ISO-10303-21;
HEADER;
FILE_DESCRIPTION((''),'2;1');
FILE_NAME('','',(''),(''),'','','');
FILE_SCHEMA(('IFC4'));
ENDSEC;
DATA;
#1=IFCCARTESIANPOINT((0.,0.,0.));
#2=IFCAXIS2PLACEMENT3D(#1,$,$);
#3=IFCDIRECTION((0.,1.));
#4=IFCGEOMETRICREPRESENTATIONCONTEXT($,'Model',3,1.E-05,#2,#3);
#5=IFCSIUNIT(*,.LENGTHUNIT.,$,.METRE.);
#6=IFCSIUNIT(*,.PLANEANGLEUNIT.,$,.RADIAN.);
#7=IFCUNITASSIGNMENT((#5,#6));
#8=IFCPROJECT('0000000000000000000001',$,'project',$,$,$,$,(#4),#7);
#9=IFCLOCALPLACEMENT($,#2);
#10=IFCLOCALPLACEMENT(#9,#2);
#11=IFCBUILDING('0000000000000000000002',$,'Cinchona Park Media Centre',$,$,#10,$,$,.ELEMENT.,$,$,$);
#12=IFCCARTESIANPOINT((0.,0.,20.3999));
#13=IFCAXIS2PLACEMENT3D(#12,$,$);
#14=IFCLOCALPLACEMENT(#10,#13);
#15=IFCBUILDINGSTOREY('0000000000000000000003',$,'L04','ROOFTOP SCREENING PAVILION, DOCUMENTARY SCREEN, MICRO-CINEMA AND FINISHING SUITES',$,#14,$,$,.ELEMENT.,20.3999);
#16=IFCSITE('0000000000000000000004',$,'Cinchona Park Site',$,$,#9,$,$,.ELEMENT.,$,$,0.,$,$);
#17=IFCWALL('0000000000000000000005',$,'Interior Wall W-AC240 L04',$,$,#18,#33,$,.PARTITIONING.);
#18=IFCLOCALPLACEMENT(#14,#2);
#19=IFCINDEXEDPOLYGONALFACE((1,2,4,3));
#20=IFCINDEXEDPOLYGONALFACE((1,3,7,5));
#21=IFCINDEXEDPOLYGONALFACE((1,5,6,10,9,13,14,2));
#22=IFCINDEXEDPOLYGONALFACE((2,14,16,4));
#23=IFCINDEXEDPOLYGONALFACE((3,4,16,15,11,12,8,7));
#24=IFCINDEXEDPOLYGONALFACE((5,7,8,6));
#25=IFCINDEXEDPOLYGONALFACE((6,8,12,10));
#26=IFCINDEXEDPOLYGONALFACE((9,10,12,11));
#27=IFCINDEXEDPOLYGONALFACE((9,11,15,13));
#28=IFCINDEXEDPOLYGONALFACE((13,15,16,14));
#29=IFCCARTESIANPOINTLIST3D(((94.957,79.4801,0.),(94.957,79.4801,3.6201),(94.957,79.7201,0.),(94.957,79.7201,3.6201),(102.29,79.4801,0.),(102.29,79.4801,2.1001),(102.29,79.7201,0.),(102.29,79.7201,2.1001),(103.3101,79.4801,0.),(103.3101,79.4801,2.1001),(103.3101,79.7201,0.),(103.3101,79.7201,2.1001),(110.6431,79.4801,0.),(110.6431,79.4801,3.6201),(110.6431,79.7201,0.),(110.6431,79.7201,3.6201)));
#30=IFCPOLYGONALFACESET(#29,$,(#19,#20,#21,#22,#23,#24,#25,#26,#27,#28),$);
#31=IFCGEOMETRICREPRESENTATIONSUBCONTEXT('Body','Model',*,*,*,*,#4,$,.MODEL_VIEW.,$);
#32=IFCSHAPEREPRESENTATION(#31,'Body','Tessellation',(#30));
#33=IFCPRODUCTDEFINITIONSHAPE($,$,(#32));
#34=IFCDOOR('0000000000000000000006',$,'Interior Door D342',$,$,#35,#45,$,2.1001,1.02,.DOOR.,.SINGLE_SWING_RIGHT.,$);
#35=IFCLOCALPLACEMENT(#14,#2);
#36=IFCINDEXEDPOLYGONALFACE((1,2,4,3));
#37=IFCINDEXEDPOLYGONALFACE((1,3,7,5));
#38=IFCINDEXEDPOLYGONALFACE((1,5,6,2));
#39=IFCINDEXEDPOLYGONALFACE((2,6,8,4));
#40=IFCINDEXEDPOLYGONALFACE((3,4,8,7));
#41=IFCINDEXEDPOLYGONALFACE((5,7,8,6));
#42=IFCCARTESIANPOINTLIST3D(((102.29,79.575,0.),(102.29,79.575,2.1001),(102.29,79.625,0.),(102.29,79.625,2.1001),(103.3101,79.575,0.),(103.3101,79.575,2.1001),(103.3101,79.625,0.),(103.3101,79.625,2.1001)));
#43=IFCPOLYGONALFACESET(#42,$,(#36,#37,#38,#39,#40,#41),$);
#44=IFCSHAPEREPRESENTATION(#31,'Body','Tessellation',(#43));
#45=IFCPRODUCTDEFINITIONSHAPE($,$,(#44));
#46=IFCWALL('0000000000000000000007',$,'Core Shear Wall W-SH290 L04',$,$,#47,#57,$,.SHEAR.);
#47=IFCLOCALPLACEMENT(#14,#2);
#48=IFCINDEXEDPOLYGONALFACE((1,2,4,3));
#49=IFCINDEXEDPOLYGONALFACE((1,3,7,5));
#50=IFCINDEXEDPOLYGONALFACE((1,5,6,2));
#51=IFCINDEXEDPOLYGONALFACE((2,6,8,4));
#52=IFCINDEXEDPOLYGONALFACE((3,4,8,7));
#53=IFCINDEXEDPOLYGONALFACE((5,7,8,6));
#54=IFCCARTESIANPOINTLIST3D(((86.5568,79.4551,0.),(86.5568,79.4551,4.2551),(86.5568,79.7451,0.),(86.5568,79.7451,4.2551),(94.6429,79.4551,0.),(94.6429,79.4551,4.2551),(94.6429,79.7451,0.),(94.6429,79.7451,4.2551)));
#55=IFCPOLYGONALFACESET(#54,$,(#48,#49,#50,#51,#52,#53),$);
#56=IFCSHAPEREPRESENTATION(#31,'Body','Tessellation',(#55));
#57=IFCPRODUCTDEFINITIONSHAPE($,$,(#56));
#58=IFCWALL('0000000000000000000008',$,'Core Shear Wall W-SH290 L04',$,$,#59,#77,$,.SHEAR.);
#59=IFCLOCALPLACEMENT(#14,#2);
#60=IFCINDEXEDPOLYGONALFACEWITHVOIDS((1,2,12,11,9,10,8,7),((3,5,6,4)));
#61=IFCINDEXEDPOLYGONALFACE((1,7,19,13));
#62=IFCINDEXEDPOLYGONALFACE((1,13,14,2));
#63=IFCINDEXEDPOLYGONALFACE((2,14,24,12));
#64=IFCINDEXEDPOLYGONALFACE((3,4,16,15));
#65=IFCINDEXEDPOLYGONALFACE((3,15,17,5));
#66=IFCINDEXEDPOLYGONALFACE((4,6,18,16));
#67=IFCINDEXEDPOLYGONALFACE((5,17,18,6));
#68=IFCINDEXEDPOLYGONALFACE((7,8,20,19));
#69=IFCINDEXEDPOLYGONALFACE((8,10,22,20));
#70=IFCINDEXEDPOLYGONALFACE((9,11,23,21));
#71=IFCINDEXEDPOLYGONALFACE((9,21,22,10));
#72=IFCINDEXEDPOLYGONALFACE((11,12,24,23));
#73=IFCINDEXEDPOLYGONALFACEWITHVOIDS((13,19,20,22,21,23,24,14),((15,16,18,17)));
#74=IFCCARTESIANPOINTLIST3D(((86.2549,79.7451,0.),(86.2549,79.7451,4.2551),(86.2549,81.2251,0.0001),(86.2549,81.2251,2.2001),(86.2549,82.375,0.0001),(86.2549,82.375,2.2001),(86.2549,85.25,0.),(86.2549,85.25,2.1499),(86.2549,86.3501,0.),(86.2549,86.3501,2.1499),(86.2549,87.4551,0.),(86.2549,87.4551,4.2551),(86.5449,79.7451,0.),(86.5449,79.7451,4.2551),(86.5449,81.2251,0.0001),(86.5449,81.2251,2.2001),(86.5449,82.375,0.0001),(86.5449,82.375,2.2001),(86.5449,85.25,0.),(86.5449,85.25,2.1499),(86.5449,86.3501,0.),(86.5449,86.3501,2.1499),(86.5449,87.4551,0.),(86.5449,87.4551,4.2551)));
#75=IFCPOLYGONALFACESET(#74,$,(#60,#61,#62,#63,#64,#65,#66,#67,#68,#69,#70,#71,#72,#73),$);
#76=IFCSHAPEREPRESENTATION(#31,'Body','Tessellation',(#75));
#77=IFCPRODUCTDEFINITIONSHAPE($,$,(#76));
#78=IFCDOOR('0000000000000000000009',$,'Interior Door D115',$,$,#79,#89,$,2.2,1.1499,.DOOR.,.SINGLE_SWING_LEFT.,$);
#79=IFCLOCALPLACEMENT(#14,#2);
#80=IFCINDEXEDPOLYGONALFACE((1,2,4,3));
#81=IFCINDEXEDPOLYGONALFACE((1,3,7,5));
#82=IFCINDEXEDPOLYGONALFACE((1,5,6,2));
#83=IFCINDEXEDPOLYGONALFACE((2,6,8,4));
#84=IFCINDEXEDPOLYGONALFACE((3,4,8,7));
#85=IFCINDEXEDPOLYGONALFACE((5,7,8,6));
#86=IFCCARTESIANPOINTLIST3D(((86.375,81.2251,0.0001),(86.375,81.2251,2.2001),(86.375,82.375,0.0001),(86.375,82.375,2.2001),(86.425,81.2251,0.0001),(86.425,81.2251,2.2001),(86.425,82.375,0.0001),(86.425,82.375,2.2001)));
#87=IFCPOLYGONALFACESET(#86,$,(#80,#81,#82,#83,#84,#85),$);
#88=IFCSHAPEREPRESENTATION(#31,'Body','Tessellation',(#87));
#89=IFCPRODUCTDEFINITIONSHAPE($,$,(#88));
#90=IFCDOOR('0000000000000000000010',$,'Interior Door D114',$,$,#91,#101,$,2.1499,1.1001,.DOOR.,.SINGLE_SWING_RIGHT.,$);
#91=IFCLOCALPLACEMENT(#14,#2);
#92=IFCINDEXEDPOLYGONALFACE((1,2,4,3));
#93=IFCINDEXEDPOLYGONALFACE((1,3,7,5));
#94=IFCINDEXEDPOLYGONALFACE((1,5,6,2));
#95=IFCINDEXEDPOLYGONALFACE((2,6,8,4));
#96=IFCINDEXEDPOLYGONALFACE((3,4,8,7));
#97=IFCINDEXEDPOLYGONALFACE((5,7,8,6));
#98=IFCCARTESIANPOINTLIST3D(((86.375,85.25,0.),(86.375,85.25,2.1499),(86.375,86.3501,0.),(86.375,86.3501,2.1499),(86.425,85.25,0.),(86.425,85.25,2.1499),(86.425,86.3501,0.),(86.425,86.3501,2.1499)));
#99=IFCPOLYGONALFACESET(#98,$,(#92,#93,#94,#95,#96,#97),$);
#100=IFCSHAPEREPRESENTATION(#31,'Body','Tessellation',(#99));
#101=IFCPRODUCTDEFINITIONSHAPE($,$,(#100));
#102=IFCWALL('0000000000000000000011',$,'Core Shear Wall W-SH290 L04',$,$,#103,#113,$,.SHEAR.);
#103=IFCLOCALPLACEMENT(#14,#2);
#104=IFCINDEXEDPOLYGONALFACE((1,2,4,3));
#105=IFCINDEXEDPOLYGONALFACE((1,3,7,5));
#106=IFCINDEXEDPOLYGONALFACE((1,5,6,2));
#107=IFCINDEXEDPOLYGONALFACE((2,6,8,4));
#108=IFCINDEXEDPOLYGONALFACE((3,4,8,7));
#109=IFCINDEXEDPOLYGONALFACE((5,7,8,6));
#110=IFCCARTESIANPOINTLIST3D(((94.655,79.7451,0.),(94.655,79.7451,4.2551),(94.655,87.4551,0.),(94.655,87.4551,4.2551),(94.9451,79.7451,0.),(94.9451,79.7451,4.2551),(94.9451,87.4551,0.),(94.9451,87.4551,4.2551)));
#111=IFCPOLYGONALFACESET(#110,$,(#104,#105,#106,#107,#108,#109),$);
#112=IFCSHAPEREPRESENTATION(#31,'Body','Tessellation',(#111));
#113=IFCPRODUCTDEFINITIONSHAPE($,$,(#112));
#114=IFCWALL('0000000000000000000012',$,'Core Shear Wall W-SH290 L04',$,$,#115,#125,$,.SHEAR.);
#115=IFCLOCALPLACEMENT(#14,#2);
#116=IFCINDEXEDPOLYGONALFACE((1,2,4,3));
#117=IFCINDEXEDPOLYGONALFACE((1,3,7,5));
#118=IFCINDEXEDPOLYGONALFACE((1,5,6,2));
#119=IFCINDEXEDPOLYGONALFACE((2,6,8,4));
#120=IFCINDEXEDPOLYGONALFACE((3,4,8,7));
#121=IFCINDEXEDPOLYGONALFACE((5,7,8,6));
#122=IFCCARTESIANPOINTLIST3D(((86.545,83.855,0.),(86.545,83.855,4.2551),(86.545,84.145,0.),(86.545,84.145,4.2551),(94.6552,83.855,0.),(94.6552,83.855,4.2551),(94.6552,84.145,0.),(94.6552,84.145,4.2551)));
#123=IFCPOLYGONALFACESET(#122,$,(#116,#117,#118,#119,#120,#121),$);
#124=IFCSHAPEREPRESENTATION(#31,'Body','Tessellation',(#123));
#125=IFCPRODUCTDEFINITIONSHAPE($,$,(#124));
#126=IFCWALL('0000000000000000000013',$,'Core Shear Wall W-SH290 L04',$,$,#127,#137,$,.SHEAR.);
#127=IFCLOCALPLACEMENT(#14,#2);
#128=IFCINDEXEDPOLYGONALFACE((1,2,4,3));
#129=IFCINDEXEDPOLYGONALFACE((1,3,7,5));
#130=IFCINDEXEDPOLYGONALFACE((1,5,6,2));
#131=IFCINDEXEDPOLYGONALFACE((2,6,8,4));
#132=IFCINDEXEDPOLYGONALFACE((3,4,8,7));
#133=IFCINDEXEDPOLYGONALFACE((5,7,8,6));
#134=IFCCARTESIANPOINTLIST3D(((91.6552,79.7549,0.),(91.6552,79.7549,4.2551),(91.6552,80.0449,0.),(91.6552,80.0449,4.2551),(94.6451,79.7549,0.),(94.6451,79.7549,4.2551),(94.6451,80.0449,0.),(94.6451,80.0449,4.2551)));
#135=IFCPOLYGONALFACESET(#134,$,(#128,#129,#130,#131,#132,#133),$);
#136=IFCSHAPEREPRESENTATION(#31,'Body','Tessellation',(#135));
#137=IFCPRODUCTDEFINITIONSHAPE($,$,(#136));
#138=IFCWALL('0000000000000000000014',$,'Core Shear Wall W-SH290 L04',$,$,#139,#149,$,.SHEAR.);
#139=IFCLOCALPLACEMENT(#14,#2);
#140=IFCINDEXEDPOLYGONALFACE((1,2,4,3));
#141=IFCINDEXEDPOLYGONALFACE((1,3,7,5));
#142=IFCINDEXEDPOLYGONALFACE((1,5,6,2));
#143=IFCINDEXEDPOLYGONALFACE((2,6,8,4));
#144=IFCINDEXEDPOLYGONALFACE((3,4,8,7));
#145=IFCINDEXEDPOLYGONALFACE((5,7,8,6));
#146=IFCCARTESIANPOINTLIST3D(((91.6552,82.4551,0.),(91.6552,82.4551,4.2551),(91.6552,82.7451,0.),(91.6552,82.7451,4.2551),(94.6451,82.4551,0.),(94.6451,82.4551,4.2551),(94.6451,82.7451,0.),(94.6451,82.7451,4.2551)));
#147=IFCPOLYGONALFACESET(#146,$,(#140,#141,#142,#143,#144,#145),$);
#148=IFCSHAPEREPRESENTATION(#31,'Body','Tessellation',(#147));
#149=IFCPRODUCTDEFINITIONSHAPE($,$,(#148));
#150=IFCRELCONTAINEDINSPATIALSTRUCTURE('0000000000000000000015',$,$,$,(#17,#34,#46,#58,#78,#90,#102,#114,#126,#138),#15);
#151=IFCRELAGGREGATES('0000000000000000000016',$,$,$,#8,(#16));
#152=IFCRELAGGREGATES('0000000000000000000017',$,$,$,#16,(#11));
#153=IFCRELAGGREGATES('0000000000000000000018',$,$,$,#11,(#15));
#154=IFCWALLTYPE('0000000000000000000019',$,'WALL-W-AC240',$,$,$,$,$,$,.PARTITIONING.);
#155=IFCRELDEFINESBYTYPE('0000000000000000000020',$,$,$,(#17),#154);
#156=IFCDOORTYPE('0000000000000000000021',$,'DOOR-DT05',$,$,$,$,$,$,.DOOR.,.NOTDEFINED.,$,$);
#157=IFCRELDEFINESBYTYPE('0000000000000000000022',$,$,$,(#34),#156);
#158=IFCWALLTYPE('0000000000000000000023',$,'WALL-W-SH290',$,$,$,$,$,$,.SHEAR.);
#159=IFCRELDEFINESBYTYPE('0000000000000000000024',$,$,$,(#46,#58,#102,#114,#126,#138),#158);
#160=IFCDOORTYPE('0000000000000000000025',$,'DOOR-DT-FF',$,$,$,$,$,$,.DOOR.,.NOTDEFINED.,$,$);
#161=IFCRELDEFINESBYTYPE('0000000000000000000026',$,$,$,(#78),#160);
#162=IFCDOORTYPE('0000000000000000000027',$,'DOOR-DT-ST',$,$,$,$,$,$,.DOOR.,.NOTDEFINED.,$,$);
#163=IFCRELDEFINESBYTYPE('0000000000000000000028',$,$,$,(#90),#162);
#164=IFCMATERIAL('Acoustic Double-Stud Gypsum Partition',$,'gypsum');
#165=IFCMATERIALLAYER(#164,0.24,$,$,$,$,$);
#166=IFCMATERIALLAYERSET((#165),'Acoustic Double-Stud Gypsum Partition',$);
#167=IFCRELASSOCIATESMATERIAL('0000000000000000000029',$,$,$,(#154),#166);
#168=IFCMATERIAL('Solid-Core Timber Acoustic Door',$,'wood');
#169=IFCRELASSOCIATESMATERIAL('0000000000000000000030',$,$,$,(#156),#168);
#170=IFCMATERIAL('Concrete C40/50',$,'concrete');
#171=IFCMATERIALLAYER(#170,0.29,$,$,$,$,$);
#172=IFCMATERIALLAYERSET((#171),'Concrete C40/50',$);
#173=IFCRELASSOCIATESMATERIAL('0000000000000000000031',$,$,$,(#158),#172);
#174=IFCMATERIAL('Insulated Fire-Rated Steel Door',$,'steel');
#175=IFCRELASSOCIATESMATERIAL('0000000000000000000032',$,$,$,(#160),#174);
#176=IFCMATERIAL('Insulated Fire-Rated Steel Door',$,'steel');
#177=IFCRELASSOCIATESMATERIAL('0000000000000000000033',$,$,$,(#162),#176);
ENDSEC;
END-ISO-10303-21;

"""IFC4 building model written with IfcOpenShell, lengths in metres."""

from ifc_helpers import new_model, si_unit, direction, frame, frame_2d, origin, place, context, subcontext, project, spatial, rectangle, extrude, material, layer, layer_set, type_object, element, fill, save


model = new_model("IFC4")

# Units and contexts
model_context = context("Model", 3, precision=1e-05, world=origin(), true_north=direction((0.0, 1.0)))
body_context = subcontext(model_context, "Body", "Model", "MODEL_VIEW")
ifc_project = project(units=[si_unit("LENGTHUNIT", "METRE"), si_unit("PLANEANGLEUNIT", "RADIAN")], contexts=[model_context])

# Site, building, storey
site_placement = place(None, origin())
site = spatial("IfcSite", under=ifc_project, at=site_placement, Name="Cinchona Park Site", CompositionType="ELEMENT", RefElevation=0.0)
building_placement = place(site_placement, origin())
building = spatial("IfcBuilding", under=site, at=building_placement, Name="Cinchona Park Media Centre", CompositionType="ELEMENT")
storey_placement = place(building_placement, frame((0.0, 0.0, 20.3999)))
storey = spatial("IfcBuildingStorey", under=building, at=storey_placement, Name="L04", Description="ROOFTOP SCREENING PAVILION, DOCUMENTARY SCREEN, MICRO-CINEMA AND FINISHING SUITES", CompositionType="ELEMENT", Elevation=20.3999)

# Wall, opening, door
ifc_material_1 = material(Name="Acoustic Double-Stud Gypsum Partition", Category="gypsum")
ifc_layer_1 = layer(ifc_material_1, 0.24)
ifc_layer_set_1 = layer_set([ifc_layer_1], Name="Acoustic Double-Stud Gypsum Partition")
wall_type_1 = type_object("IfcWallType", Name="WALL-W-AC240", PredefinedType="PARTITIONING", material=ifc_layer_set_1)
wall_1_placement = place(storey_placement, frame((94.957, 79.6001, 0.0), z_axis=(0.0, 0.0, 1.0), x_axis=(1.0, 0.0, 0.0)))
wall_1 = element("IfcWall", 1, at=wall_1_placement, inside=storey, type_object=wall_type_1, Name="Interior Wall W-AC240 L04", PredefinedType="PARTITIONING", context=body_context, shape_type="SweptSolid", body=[
    extrude(rectangle(XDim=15.686, YDim=0.24, at=frame_2d((7.843, 0.0))), origin(), (0.0, 0.0, 1.0), 3.6201),
])
opening_1_placement = place(wall_1_placement, frame((7.333, 0.0, 0.0)))
opening_1 = element("IfcOpeningElement", 2, at=opening_1_placement, cuts=wall_1, PredefinedType="OPENING", context=body_context, shape_type="SweptSolid", body=[
    extrude(rectangle(XDim=1.02, YDim=2.1001, at=frame_2d((0.51, 1.05))), frame((0.0, 0.1299, 0.0), z_axis=(0.0, -1.0, 0.0), x_axis=(1.0, 0.0, 0.0)), (0.0, 0.0, 1.0), 0.26),
])
ifc_material_2 = material(Name="Solid-Core Timber Acoustic Door", Category="wood")
door_type_1 = type_object("IfcDoorType", Name="DOOR-DT05", OperationType="NOTDEFINED", PredefinedType="DOOR", material=ifc_material_2)
door_1_placement = place(opening_1_placement, origin())
door_1 = element("IfcDoor", 3, at=door_1_placement, inside=storey, type_object=door_type_1, Name="Interior Door D342", OperationType="SINGLE_SWING_RIGHT", OverallHeight=2.1001, OverallWidth=1.02, PredefinedType="DOOR", context=body_context, shape_type="SweptSolid", body=[
    extrude(rectangle(XDim=1.02, YDim=2.1001, at=frame_2d((0.51, 1.05))), frame((0.0, 0.0249, 0.0), z_axis=(0.0, -1.0, 0.0), x_axis=(1.0, 0.0, 0.0)), (0.0, 0.0, 1.0), 0.05),
])
fill(opening_1, door_1)

# Wall
ifc_material_3 = material(Name="Concrete C40/50", Category="concrete")
ifc_layer_2 = layer(ifc_material_3, 0.29)
ifc_layer_set_2 = layer_set([ifc_layer_2], Name="Concrete C40/50")
wall_type_2 = type_object("IfcWallType", Name="WALL-W-SH290", PredefinedType="SHEAR", material=ifc_layer_set_2)
wall_2_placement = place(storey_placement, frame((86.5569, 79.6001, 0.0), z_axis=(0.0, 0.0, 1.0), x_axis=(1.0, 0.0, 0.0)))
element("IfcWall", 4, at=wall_2_placement, inside=storey, type_object=wall_type_2, Name="Core Shear Wall W-SH290 L04", PredefinedType="SHEAR", context=body_context, shape_type="SweptSolid", body=[
    extrude(rectangle(XDim=8.0862, YDim=0.29, at=frame_2d((4.043, 0.0))), origin(), (0.0, 0.0, 1.0), 4.2551),
])

# Wall, openings, doors
wall_3_placement = place(storey_placement, frame((86.3999, 79.7451, 0.0), z_axis=(0.0, 0.0, 1.0), x_axis=(0.0, 1.0, 0.0)))
wall_3 = element("IfcWall", 5, at=wall_3_placement, inside=storey, type_object=wall_type_2, Name="Core Shear Wall W-SH290 L04", PredefinedType="SHEAR", context=body_context, shape_type="SweptSolid", body=[
    extrude(rectangle(XDim=7.71, YDim=0.29, at=frame_2d((3.855, 0.0))), origin(), (0.0, 0.0, 1.0), 4.2551),
])
opening_2_placement = place(wall_3_placement, frame((5.5049, 0.0, 0.0)))
opening_2 = element("IfcOpeningElement", 6, at=opening_2_placement, cuts=wall_3, PredefinedType="OPENING", context=body_context, shape_type="SweptSolid", body=[
    extrude(rectangle(XDim=1.1001, YDim=2.1499, at=frame_2d((0.55, 1.075))), frame((0.0, 0.155, 0.0), z_axis=(0.0, -1.0, 0.0), x_axis=(1.0, 0.0, 0.0)), (0.0, 0.0, 1.0), 0.3101),
])
opening_3_placement = place(wall_3_placement, frame((1.48, 0.0, 0.0)))
opening_3 = element("IfcOpeningElement", 7, at=opening_3_placement, cuts=wall_3, PredefinedType="OPENING", context=body_context, shape_type="SweptSolid", body=[
    extrude(rectangle(XDim=1.1499, YDim=2.2, at=frame_2d((0.575, 1.1001))), frame((0.0, 0.155, 0.0), z_axis=(0.0, -1.0, 0.0), x_axis=(1.0, 0.0, 0.0)), (0.0, 0.0, 1.0), 0.3101),
])
ifc_material_4 = material(Name="Insulated Fire-Rated Steel Door", Category="steel")
door_type_2 = type_object("IfcDoorType", Name="DOOR-DT-FF", OperationType="NOTDEFINED", PredefinedType="DOOR", material=ifc_material_4)
door_2_placement = place(opening_3_placement, origin())
door_2 = element("IfcDoor", 8, at=door_2_placement, inside=storey, type_object=door_type_2, Name="Interior Door D115", OperationType="SINGLE_SWING_LEFT", OverallHeight=2.2, OverallWidth=1.1499, PredefinedType="DOOR", context=body_context, shape_type="SweptSolid", body=[
    extrude(rectangle(XDim=1.1499, YDim=2.2, at=frame_2d((0.575, 1.1001))), frame((0.0, 0.0249, 0.0), z_axis=(0.0, -1.0, 0.0), x_axis=(1.0, 0.0, 0.0)), (0.0, 0.0, 1.0), 0.05),
])
fill(opening_3, door_2)
ifc_material_5 = material(Name="Insulated Fire-Rated Steel Door", Category="steel")
door_type_3 = type_object("IfcDoorType", Name="DOOR-DT-ST", OperationType="NOTDEFINED", PredefinedType="DOOR", material=ifc_material_5)
door_3_placement = place(opening_2_placement, origin())
door_3 = element("IfcDoor", 9, at=door_3_placement, inside=storey, type_object=door_type_3, Name="Interior Door D114", OperationType="SINGLE_SWING_RIGHT", OverallHeight=2.1499, OverallWidth=1.1001, PredefinedType="DOOR", context=body_context, shape_type="SweptSolid", body=[
    extrude(rectangle(XDim=1.1001, YDim=2.1499, at=frame_2d((0.55, 1.075))), frame((0.0, 0.0249, 0.0), z_axis=(0.0, -1.0, 0.0), x_axis=(1.0, 0.0, 0.0)), (0.0, 0.0, 1.0), 0.05),
])
fill(opening_2, door_3)

# Walls
wall_4_placement = place(storey_placement, frame((94.8, 79.7451, 0.0), z_axis=(0.0, 0.0, 1.0), x_axis=(0.0, 1.0, 0.0)))
element("IfcWall", 10, at=wall_4_placement, inside=storey, type_object=wall_type_2, Name="Core Shear Wall W-SH290 L04", PredefinedType="SHEAR", context=body_context, shape_type="SweptSolid", body=[
    extrude(rectangle(XDim=7.71, YDim=0.29, at=frame_2d((3.855, 0.0))), origin(), (0.0, 0.0, 1.0), 4.2551),
])
wall_5_placement = place(storey_placement, frame((86.5449, 84.0, 0.0), z_axis=(0.0, 0.0, 1.0), x_axis=(1.0, 0.0, 0.0)))
element("IfcWall", 11, at=wall_5_placement, inside=storey, type_object=wall_type_2, Name="Core Shear Wall W-SH290 L04", PredefinedType="SHEAR", context=body_context, shape_type="SweptSolid", body=[
    extrude(rectangle(XDim=8.1101, YDim=0.29, at=frame_2d((4.0552, 0.0))), origin(), (0.0, 0.0, 1.0), 4.2551),
])
for number, where, z_axis, x_axis, name in (
    (12, (91.655, 79.8999, 0.0), (0.0, 0.0, 1.0), (1.0, 0.0, 0.0), "Core Shear Wall W-SH290 L04"),
    (13, (91.655, 82.6001, 0.0), (0.0, 0.0, 1.0), (1.0, 0.0, 0.0), "Core Shear Wall W-SH290 L04"),
):
    element("IfcWall", number, at=place(storey_placement, frame(where, z_axis=z_axis, x_axis=x_axis)), inside=storey, type_object=wall_type_2, Name=name, PredefinedType="SHEAR", context=body_context, shape_type="SweptSolid", body=[
        extrude(rectangle(XDim=2.99, YDim=0.29, at=frame_2d((1.4951, 0.0))), origin(), (0.0, 0.0, 1.0), 4.2551),
    ])

save(model, "model.ifc")
